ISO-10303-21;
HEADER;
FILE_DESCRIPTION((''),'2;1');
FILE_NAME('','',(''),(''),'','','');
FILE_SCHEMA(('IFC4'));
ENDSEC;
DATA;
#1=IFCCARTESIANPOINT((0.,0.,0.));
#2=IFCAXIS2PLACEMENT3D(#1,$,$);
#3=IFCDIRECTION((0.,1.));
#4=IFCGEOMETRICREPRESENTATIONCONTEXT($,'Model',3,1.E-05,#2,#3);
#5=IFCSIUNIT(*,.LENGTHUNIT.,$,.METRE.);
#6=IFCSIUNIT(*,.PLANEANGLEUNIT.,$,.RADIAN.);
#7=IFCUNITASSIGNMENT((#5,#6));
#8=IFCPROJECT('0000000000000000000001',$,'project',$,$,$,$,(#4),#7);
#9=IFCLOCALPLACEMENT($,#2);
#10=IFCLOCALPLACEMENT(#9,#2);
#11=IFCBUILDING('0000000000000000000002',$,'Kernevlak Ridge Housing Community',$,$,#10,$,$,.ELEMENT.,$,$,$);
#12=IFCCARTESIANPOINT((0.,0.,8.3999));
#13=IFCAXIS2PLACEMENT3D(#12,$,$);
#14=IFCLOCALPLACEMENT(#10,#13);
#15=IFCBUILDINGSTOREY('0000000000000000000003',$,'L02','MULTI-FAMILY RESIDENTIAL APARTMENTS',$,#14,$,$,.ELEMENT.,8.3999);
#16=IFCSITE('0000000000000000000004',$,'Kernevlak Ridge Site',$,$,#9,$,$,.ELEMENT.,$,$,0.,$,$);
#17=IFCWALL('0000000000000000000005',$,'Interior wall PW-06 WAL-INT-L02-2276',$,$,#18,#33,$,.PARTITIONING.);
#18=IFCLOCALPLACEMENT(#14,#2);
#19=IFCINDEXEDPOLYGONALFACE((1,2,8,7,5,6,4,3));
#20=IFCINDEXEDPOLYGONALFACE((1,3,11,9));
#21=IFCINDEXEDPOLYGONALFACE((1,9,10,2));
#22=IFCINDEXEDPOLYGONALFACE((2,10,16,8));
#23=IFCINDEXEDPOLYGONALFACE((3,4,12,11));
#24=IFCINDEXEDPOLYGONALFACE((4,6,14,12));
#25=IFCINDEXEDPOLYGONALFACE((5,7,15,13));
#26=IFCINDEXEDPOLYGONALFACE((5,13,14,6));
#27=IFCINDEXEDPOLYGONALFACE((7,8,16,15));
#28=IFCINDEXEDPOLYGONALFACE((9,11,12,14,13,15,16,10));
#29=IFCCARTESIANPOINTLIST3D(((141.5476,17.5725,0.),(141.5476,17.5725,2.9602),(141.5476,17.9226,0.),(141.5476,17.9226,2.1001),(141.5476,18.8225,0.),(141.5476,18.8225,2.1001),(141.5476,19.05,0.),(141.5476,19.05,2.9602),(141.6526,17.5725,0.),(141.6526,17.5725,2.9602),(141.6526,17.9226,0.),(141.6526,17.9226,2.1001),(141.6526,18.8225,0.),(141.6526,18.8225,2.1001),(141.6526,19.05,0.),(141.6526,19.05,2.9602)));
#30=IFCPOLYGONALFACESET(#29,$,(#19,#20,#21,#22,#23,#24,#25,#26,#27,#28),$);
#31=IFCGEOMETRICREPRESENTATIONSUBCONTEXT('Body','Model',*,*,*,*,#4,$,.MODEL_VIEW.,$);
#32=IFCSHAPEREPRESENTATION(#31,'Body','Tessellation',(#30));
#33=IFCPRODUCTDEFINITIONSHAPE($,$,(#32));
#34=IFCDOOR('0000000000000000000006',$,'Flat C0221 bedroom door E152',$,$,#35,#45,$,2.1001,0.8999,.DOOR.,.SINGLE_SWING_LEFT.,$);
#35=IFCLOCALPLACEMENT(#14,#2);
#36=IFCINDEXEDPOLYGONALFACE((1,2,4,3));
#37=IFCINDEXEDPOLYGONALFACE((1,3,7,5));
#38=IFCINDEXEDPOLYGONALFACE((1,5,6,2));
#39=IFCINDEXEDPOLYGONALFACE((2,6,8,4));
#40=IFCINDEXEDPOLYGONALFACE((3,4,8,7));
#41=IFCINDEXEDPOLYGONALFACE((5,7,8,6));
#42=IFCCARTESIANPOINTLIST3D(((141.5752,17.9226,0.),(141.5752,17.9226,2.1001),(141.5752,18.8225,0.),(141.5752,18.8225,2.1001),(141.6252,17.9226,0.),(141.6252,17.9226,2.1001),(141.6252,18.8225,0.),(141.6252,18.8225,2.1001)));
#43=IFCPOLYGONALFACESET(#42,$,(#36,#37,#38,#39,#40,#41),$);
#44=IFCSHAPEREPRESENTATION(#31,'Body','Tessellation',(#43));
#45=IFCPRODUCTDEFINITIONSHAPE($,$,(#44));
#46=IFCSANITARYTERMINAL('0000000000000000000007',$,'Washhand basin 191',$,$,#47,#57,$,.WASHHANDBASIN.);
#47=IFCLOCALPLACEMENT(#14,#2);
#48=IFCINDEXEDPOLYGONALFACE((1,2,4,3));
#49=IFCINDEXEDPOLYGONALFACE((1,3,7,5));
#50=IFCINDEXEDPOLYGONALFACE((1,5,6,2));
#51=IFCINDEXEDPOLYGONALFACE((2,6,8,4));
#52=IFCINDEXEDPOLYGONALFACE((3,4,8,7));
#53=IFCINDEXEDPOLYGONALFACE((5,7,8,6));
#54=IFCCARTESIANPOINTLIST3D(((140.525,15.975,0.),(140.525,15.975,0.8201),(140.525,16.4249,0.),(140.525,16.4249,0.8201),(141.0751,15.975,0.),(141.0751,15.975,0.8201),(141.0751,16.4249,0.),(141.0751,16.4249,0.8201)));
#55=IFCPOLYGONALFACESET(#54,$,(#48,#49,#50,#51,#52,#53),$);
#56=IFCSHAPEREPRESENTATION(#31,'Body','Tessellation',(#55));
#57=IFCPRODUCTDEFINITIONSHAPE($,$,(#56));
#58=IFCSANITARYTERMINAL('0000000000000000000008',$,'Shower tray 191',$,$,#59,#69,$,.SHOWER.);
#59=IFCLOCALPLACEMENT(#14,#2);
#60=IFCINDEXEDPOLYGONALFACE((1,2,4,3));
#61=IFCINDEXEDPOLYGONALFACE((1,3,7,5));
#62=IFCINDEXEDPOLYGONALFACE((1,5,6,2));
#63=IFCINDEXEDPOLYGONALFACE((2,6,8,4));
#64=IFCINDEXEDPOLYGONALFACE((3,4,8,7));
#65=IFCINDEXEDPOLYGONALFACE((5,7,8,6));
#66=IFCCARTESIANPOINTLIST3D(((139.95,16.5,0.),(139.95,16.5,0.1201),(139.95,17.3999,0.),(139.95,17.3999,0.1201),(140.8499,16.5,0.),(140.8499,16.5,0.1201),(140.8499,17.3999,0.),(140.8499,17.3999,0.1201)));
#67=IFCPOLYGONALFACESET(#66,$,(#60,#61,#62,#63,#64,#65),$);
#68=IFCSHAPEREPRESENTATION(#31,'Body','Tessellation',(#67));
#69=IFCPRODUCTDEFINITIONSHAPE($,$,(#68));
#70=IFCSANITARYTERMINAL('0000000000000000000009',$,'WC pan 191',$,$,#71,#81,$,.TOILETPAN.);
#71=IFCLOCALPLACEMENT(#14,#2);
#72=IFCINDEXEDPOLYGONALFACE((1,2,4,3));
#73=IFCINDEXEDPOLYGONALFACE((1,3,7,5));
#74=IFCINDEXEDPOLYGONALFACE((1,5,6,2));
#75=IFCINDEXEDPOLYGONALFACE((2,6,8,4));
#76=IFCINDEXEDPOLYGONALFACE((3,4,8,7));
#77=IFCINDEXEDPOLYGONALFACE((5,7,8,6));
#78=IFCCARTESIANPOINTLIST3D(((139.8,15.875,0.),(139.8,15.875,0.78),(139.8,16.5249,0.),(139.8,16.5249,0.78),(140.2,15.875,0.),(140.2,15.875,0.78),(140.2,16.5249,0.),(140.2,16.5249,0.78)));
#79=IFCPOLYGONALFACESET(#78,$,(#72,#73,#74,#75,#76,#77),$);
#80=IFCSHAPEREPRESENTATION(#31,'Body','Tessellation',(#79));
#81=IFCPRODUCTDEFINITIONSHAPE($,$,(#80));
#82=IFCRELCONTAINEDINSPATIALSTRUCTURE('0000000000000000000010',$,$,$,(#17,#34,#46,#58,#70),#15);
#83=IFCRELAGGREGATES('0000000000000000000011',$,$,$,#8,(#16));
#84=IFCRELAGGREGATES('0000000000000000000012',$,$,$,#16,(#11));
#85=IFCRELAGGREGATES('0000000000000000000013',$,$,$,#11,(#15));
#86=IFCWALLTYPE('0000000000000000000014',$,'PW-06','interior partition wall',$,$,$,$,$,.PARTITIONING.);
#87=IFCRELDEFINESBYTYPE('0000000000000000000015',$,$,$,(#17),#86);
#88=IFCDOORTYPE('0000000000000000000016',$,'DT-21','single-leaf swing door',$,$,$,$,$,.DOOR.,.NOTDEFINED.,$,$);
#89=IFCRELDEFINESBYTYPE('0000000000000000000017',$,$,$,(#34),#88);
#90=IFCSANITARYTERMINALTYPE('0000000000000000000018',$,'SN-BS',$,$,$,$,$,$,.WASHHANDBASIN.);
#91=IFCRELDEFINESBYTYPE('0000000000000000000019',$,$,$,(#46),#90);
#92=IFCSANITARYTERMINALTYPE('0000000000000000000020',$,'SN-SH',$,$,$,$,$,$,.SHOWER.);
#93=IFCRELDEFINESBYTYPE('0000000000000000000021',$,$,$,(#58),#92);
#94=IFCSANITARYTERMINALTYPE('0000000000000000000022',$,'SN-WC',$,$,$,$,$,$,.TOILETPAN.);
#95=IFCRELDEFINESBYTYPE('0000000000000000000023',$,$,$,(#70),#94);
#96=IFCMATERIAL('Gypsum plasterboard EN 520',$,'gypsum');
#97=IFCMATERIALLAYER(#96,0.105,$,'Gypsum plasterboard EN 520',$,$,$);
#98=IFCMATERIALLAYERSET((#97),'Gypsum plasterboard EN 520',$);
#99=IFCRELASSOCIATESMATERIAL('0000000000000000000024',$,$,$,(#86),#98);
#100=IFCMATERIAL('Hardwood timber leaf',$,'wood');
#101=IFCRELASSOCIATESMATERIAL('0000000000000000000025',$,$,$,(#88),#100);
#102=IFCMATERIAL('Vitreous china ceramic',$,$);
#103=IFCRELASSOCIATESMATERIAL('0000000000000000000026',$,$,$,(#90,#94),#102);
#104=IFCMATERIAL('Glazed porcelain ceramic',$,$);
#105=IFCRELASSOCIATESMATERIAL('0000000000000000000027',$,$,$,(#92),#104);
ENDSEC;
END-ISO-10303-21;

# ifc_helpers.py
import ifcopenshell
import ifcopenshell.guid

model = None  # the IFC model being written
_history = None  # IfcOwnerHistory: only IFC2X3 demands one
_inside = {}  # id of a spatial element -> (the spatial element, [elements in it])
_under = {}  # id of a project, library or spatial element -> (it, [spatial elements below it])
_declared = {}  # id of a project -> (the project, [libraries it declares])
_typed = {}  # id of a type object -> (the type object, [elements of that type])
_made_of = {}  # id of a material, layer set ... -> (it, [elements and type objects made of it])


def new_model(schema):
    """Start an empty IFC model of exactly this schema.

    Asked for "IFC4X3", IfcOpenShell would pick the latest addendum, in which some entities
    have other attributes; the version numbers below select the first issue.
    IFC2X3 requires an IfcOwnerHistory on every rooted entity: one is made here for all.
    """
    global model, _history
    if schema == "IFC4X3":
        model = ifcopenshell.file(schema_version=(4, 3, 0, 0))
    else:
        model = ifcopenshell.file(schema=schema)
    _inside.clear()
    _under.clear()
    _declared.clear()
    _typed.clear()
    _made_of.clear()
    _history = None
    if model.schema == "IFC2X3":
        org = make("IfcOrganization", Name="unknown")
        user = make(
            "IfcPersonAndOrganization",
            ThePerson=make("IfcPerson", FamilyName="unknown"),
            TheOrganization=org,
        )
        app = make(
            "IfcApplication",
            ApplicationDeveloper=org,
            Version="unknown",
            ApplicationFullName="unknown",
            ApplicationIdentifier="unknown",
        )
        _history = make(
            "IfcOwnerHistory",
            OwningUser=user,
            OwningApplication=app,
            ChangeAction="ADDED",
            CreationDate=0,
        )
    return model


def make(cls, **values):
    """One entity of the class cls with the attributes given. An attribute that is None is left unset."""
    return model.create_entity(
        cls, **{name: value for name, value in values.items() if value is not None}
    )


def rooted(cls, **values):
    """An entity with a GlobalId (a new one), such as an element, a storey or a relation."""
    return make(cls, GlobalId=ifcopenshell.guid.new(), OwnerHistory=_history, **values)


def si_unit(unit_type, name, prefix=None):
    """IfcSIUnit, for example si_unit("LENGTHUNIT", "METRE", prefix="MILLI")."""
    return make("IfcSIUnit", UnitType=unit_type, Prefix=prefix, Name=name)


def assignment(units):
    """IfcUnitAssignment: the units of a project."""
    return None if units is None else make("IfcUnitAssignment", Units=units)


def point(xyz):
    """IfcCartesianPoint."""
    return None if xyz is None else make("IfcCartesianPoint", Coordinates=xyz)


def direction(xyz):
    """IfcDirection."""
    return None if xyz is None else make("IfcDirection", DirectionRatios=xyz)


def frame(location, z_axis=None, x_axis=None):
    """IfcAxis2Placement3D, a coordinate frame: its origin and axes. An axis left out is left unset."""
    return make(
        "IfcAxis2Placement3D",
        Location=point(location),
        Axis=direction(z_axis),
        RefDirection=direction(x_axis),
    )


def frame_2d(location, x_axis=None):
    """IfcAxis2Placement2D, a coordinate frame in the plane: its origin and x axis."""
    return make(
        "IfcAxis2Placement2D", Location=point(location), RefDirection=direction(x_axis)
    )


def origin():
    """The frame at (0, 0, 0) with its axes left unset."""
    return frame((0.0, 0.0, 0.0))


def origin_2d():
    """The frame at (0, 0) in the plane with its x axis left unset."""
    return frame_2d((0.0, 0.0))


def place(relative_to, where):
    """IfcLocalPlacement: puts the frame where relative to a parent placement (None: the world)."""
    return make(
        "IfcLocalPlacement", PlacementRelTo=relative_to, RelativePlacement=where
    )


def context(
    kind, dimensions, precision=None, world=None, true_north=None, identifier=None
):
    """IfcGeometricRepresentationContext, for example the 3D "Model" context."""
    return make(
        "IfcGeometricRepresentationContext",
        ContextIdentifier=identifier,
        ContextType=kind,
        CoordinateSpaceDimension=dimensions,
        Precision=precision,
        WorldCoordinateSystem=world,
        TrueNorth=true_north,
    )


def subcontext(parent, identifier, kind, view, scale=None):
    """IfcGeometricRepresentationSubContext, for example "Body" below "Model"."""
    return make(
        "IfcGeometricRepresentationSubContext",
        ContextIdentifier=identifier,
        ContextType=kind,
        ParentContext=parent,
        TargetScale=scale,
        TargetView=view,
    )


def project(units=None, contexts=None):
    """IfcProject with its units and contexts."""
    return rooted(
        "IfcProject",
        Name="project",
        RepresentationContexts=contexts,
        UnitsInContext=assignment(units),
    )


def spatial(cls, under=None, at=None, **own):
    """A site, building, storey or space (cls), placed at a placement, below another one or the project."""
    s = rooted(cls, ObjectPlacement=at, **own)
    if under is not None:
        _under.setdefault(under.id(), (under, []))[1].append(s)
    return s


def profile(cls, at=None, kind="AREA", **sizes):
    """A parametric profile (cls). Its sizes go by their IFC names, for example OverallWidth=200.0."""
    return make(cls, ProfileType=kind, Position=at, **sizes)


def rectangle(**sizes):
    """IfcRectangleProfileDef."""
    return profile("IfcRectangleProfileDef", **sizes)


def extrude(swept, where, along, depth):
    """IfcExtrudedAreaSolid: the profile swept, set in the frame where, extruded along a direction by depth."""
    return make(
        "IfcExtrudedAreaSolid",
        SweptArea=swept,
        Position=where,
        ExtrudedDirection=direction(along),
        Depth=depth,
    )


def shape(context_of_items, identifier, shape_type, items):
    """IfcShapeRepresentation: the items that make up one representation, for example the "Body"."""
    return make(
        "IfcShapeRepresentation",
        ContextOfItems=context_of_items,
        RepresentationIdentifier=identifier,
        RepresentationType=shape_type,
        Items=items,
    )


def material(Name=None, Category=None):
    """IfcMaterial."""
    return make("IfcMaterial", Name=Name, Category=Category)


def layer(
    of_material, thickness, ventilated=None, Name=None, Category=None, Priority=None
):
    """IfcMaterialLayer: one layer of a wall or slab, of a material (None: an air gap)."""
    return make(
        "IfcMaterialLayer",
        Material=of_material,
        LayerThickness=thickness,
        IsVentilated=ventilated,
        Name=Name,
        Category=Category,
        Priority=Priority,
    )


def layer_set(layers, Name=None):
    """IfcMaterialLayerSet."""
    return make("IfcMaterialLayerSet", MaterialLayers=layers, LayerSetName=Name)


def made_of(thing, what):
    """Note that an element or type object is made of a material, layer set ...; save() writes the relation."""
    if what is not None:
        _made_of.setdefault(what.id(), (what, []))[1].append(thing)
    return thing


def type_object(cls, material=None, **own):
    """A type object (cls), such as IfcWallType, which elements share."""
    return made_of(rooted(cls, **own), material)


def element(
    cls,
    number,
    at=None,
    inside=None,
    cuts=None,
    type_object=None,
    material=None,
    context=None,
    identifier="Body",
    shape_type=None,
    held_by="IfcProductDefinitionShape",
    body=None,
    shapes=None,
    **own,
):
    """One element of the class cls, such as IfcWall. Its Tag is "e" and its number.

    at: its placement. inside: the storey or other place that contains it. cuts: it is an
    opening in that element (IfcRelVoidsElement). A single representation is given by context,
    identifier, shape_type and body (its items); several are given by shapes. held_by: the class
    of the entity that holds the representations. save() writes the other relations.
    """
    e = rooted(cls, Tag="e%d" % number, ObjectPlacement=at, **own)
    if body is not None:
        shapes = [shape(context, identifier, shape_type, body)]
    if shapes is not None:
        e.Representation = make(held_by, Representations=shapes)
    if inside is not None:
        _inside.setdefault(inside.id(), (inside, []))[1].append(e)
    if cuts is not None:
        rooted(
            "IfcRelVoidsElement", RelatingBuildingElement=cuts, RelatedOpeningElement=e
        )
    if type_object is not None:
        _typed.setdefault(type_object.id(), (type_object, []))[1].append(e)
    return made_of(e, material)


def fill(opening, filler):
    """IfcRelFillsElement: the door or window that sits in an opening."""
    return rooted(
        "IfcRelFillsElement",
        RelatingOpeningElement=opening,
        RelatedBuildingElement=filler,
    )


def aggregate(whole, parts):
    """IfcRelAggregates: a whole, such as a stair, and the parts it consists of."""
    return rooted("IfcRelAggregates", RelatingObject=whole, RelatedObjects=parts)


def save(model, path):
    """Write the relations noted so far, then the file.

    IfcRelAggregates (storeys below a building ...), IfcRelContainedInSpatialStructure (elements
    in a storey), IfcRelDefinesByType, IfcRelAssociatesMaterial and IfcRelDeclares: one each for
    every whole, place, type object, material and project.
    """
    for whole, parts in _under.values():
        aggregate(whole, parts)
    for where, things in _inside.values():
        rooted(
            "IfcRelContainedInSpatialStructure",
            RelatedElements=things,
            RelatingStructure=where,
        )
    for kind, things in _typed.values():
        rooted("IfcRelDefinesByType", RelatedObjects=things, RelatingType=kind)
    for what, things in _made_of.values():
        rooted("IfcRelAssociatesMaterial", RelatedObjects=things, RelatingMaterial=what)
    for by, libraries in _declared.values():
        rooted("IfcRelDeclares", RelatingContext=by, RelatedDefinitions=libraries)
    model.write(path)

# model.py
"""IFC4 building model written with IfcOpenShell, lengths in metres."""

from ifc_helpers import new_model, si_unit, direction, frame, frame_2d, origin, origin_2d, place, context, subcontext, project, spatial, rectangle, extrude, material, layer, layer_set, type_object, element, fill, save


model = new_model("IFC4")

# Units and contexts
model_context = context("Model", 3, precision=1e-05, world=origin(), true_north=direction((0.0, 1.0)))
body_context = subcontext(model_context, "Body", "Model", "MODEL_VIEW")
ifc_project = project(units=[si_unit("LENGTHUNIT", "METRE"), si_unit("PLANEANGLEUNIT", "RADIAN")], contexts=[model_context])

# Site, building, storey
site_placement = place(None, origin())
site = spatial("IfcSite", under=ifc_project, at=site_placement, Name="Kernevlak Ridge Site", CompositionType="ELEMENT", RefElevation=0.0)
building_placement = place(site_placement, origin())
building = spatial("IfcBuilding", under=site, at=building_placement, Name="Kernevlak Ridge Housing Community", CompositionType="ELEMENT")
storey_placement = place(building_placement, frame((0.0, 0.0, 8.3999)))
storey = spatial("IfcBuildingStorey", under=building, at=storey_placement, Name="L02", Description="MULTI-FAMILY RESIDENTIAL APARTMENTS", CompositionType="ELEMENT", Elevation=8.3999)

# Shared definitions
ifc_material_1 = material(Name="Gypsum plasterboard EN 520", Category="gypsum")

# Wall, opening, door
ifc_layer_1 = layer(ifc_material_1, 0.105, Name="Gypsum plasterboard EN 520")
ifc_layer_set_1 = layer_set([ifc_layer_1], Name="Gypsum plasterboard EN 520")
wall_type_1 = type_object("IfcWallType", Name="PW-06", Description="interior partition wall", PredefinedType="PARTITIONING", material=ifc_layer_set_1)
wall_1_placement = place(storey_placement, frame((141.6001, 17.5725, 0.0), z_axis=(0.0, 0.0, 1.0), x_axis=(0.0, 1.0, 0.0)))
wall_1 = element("IfcWall", 1, at=wall_1_placement, inside=storey, type_object=wall_type_1, Name="Interior wall PW-06 WAL-INT-L02-2276", PredefinedType="PARTITIONING", context=body_context, shape_type="SweptSolid", body=[
    extrude(rectangle(XDim=1.4775, YDim=0.105, at=frame_2d((0.7388, 0.0))), origin(), (0.0, 0.0, 1.0), 2.9602),
])
opening_1_placement = place(wall_1_placement, frame((0.3501, 0.0, 0.0)))
opening_1 = element("IfcOpeningElement", 2, at=opening_1_placement, cuts=wall_1, PredefinedType="OPENING", context=body_context, shape_type="SweptSolid", body=[
    extrude(rectangle(XDim=0.8999, YDim=2.1001, at=frame_2d((0.45, 1.05))), frame((0.0, 0.0625, 0.0), z_axis=(0.0, -1.0, 0.0), x_axis=(1.0, 0.0, 0.0)), (0.0, 0.0, 1.0), 0.125),
])
ifc_material_2 = material(Name="Hardwood timber leaf", Category="wood")
door_type_1 = type_object("IfcDoorType", Name="DT-21", Description="single-leaf swing door", OperationType="NOTDEFINED", PredefinedType="DOOR", material=ifc_material_2)
door_1_placement = place(opening_1_placement, origin())
door_1 = element("IfcDoor", 3, at=door_1_placement, inside=storey, type_object=door_type_1, Name="Flat C0221 bedroom door E152", OperationType="SINGLE_SWING_LEFT", OverallHeight=2.1001, OverallWidth=0.8999, PredefinedType="DOOR", context=body_context, shape_type="SweptSolid", body=[
    extrude(rectangle(XDim=0.8999, YDim=2.1001, at=frame_2d((0.45, 1.05))), frame((0.0, 0.0249, 0.0), z_axis=(0.0, -1.0, 0.0), x_axis=(1.0, 0.0, 0.0)), (0.0, 0.0, 1.0), 0.05),
])
fill(opening_1, door_1)

# Sanitary terminals
ifc_material_3 = material(Name="Vitreous china ceramic")
sanitary_terminal_type_1 = type_object("IfcSanitaryTerminalType", Name="SN-BS", PredefinedType="WASHHANDBASIN", material=ifc_material_3)
sanitary_terminal_1_placement = place(storey_placement, frame((140.8, 16.2, 0.0), z_axis=(0.0, 0.0, 1.0), x_axis=(1.0, 0.0, 0.0)))
element("IfcSanitaryTerminal", 4, at=sanitary_terminal_1_placement, inside=storey, type_object=sanitary_terminal_type_1, Name="Washhand basin 191", PredefinedType="WASHHANDBASIN", context=body_context, shape_type="SweptSolid", body=[
    extrude(rectangle(XDim=0.55, YDim=0.45, at=origin_2d()), origin(), (0.0, 0.0, 1.0), 0.8201),
])
ifc_material_4 = material(Name="Glazed porcelain ceramic")
sanitary_terminal_type_2 = type_object("IfcSanitaryTerminalType", Name="SN-SH", PredefinedType="SHOWER", material=ifc_material_4)
sanitary_terminal_2_placement = place(storey_placement, frame((140.3999, 16.95, 0.0), z_axis=(0.0, 0.0, 1.0), x_axis=(1.0, 0.0, 0.0)))
element("IfcSanitaryTerminal", 5, at=sanitary_terminal_2_placement, inside=storey, type_object=sanitary_terminal_type_2, Name="Shower tray 191", PredefinedType="SHOWER", context=body_context, shape_type="SweptSolid", body=[
    extrude(rectangle(XDim=0.8999, YDim=0.8999, at=origin_2d()), origin(), (0.0, 0.0, 1.0), 0.1201),
])
sanitary_terminal_type_3 = type_object("IfcSanitaryTerminalType", Name="SN-WC", PredefinedType="TOILETPAN", material=ifc_material_3)
sanitary_terminal_3_placement = place(storey_placement, frame((140.0, 16.2, 0.0), z_axis=(0.0, 0.0, 1.0), x_axis=(1.0, 0.0, 0.0)))
element("IfcSanitaryTerminal", 6, at=sanitary_terminal_3_placement, inside=storey, type_object=sanitary_terminal_type_3, Name="WC pan 191", PredefinedType="TOILETPAN", context=body_context, shape_type="SweptSolid", body=[
    extrude(rectangle(XDim=0.3999, YDim=0.6499, at=origin_2d()), origin(), (0.0, 0.0, 1.0), 0.78),
])

save(model, "model.ifc")
